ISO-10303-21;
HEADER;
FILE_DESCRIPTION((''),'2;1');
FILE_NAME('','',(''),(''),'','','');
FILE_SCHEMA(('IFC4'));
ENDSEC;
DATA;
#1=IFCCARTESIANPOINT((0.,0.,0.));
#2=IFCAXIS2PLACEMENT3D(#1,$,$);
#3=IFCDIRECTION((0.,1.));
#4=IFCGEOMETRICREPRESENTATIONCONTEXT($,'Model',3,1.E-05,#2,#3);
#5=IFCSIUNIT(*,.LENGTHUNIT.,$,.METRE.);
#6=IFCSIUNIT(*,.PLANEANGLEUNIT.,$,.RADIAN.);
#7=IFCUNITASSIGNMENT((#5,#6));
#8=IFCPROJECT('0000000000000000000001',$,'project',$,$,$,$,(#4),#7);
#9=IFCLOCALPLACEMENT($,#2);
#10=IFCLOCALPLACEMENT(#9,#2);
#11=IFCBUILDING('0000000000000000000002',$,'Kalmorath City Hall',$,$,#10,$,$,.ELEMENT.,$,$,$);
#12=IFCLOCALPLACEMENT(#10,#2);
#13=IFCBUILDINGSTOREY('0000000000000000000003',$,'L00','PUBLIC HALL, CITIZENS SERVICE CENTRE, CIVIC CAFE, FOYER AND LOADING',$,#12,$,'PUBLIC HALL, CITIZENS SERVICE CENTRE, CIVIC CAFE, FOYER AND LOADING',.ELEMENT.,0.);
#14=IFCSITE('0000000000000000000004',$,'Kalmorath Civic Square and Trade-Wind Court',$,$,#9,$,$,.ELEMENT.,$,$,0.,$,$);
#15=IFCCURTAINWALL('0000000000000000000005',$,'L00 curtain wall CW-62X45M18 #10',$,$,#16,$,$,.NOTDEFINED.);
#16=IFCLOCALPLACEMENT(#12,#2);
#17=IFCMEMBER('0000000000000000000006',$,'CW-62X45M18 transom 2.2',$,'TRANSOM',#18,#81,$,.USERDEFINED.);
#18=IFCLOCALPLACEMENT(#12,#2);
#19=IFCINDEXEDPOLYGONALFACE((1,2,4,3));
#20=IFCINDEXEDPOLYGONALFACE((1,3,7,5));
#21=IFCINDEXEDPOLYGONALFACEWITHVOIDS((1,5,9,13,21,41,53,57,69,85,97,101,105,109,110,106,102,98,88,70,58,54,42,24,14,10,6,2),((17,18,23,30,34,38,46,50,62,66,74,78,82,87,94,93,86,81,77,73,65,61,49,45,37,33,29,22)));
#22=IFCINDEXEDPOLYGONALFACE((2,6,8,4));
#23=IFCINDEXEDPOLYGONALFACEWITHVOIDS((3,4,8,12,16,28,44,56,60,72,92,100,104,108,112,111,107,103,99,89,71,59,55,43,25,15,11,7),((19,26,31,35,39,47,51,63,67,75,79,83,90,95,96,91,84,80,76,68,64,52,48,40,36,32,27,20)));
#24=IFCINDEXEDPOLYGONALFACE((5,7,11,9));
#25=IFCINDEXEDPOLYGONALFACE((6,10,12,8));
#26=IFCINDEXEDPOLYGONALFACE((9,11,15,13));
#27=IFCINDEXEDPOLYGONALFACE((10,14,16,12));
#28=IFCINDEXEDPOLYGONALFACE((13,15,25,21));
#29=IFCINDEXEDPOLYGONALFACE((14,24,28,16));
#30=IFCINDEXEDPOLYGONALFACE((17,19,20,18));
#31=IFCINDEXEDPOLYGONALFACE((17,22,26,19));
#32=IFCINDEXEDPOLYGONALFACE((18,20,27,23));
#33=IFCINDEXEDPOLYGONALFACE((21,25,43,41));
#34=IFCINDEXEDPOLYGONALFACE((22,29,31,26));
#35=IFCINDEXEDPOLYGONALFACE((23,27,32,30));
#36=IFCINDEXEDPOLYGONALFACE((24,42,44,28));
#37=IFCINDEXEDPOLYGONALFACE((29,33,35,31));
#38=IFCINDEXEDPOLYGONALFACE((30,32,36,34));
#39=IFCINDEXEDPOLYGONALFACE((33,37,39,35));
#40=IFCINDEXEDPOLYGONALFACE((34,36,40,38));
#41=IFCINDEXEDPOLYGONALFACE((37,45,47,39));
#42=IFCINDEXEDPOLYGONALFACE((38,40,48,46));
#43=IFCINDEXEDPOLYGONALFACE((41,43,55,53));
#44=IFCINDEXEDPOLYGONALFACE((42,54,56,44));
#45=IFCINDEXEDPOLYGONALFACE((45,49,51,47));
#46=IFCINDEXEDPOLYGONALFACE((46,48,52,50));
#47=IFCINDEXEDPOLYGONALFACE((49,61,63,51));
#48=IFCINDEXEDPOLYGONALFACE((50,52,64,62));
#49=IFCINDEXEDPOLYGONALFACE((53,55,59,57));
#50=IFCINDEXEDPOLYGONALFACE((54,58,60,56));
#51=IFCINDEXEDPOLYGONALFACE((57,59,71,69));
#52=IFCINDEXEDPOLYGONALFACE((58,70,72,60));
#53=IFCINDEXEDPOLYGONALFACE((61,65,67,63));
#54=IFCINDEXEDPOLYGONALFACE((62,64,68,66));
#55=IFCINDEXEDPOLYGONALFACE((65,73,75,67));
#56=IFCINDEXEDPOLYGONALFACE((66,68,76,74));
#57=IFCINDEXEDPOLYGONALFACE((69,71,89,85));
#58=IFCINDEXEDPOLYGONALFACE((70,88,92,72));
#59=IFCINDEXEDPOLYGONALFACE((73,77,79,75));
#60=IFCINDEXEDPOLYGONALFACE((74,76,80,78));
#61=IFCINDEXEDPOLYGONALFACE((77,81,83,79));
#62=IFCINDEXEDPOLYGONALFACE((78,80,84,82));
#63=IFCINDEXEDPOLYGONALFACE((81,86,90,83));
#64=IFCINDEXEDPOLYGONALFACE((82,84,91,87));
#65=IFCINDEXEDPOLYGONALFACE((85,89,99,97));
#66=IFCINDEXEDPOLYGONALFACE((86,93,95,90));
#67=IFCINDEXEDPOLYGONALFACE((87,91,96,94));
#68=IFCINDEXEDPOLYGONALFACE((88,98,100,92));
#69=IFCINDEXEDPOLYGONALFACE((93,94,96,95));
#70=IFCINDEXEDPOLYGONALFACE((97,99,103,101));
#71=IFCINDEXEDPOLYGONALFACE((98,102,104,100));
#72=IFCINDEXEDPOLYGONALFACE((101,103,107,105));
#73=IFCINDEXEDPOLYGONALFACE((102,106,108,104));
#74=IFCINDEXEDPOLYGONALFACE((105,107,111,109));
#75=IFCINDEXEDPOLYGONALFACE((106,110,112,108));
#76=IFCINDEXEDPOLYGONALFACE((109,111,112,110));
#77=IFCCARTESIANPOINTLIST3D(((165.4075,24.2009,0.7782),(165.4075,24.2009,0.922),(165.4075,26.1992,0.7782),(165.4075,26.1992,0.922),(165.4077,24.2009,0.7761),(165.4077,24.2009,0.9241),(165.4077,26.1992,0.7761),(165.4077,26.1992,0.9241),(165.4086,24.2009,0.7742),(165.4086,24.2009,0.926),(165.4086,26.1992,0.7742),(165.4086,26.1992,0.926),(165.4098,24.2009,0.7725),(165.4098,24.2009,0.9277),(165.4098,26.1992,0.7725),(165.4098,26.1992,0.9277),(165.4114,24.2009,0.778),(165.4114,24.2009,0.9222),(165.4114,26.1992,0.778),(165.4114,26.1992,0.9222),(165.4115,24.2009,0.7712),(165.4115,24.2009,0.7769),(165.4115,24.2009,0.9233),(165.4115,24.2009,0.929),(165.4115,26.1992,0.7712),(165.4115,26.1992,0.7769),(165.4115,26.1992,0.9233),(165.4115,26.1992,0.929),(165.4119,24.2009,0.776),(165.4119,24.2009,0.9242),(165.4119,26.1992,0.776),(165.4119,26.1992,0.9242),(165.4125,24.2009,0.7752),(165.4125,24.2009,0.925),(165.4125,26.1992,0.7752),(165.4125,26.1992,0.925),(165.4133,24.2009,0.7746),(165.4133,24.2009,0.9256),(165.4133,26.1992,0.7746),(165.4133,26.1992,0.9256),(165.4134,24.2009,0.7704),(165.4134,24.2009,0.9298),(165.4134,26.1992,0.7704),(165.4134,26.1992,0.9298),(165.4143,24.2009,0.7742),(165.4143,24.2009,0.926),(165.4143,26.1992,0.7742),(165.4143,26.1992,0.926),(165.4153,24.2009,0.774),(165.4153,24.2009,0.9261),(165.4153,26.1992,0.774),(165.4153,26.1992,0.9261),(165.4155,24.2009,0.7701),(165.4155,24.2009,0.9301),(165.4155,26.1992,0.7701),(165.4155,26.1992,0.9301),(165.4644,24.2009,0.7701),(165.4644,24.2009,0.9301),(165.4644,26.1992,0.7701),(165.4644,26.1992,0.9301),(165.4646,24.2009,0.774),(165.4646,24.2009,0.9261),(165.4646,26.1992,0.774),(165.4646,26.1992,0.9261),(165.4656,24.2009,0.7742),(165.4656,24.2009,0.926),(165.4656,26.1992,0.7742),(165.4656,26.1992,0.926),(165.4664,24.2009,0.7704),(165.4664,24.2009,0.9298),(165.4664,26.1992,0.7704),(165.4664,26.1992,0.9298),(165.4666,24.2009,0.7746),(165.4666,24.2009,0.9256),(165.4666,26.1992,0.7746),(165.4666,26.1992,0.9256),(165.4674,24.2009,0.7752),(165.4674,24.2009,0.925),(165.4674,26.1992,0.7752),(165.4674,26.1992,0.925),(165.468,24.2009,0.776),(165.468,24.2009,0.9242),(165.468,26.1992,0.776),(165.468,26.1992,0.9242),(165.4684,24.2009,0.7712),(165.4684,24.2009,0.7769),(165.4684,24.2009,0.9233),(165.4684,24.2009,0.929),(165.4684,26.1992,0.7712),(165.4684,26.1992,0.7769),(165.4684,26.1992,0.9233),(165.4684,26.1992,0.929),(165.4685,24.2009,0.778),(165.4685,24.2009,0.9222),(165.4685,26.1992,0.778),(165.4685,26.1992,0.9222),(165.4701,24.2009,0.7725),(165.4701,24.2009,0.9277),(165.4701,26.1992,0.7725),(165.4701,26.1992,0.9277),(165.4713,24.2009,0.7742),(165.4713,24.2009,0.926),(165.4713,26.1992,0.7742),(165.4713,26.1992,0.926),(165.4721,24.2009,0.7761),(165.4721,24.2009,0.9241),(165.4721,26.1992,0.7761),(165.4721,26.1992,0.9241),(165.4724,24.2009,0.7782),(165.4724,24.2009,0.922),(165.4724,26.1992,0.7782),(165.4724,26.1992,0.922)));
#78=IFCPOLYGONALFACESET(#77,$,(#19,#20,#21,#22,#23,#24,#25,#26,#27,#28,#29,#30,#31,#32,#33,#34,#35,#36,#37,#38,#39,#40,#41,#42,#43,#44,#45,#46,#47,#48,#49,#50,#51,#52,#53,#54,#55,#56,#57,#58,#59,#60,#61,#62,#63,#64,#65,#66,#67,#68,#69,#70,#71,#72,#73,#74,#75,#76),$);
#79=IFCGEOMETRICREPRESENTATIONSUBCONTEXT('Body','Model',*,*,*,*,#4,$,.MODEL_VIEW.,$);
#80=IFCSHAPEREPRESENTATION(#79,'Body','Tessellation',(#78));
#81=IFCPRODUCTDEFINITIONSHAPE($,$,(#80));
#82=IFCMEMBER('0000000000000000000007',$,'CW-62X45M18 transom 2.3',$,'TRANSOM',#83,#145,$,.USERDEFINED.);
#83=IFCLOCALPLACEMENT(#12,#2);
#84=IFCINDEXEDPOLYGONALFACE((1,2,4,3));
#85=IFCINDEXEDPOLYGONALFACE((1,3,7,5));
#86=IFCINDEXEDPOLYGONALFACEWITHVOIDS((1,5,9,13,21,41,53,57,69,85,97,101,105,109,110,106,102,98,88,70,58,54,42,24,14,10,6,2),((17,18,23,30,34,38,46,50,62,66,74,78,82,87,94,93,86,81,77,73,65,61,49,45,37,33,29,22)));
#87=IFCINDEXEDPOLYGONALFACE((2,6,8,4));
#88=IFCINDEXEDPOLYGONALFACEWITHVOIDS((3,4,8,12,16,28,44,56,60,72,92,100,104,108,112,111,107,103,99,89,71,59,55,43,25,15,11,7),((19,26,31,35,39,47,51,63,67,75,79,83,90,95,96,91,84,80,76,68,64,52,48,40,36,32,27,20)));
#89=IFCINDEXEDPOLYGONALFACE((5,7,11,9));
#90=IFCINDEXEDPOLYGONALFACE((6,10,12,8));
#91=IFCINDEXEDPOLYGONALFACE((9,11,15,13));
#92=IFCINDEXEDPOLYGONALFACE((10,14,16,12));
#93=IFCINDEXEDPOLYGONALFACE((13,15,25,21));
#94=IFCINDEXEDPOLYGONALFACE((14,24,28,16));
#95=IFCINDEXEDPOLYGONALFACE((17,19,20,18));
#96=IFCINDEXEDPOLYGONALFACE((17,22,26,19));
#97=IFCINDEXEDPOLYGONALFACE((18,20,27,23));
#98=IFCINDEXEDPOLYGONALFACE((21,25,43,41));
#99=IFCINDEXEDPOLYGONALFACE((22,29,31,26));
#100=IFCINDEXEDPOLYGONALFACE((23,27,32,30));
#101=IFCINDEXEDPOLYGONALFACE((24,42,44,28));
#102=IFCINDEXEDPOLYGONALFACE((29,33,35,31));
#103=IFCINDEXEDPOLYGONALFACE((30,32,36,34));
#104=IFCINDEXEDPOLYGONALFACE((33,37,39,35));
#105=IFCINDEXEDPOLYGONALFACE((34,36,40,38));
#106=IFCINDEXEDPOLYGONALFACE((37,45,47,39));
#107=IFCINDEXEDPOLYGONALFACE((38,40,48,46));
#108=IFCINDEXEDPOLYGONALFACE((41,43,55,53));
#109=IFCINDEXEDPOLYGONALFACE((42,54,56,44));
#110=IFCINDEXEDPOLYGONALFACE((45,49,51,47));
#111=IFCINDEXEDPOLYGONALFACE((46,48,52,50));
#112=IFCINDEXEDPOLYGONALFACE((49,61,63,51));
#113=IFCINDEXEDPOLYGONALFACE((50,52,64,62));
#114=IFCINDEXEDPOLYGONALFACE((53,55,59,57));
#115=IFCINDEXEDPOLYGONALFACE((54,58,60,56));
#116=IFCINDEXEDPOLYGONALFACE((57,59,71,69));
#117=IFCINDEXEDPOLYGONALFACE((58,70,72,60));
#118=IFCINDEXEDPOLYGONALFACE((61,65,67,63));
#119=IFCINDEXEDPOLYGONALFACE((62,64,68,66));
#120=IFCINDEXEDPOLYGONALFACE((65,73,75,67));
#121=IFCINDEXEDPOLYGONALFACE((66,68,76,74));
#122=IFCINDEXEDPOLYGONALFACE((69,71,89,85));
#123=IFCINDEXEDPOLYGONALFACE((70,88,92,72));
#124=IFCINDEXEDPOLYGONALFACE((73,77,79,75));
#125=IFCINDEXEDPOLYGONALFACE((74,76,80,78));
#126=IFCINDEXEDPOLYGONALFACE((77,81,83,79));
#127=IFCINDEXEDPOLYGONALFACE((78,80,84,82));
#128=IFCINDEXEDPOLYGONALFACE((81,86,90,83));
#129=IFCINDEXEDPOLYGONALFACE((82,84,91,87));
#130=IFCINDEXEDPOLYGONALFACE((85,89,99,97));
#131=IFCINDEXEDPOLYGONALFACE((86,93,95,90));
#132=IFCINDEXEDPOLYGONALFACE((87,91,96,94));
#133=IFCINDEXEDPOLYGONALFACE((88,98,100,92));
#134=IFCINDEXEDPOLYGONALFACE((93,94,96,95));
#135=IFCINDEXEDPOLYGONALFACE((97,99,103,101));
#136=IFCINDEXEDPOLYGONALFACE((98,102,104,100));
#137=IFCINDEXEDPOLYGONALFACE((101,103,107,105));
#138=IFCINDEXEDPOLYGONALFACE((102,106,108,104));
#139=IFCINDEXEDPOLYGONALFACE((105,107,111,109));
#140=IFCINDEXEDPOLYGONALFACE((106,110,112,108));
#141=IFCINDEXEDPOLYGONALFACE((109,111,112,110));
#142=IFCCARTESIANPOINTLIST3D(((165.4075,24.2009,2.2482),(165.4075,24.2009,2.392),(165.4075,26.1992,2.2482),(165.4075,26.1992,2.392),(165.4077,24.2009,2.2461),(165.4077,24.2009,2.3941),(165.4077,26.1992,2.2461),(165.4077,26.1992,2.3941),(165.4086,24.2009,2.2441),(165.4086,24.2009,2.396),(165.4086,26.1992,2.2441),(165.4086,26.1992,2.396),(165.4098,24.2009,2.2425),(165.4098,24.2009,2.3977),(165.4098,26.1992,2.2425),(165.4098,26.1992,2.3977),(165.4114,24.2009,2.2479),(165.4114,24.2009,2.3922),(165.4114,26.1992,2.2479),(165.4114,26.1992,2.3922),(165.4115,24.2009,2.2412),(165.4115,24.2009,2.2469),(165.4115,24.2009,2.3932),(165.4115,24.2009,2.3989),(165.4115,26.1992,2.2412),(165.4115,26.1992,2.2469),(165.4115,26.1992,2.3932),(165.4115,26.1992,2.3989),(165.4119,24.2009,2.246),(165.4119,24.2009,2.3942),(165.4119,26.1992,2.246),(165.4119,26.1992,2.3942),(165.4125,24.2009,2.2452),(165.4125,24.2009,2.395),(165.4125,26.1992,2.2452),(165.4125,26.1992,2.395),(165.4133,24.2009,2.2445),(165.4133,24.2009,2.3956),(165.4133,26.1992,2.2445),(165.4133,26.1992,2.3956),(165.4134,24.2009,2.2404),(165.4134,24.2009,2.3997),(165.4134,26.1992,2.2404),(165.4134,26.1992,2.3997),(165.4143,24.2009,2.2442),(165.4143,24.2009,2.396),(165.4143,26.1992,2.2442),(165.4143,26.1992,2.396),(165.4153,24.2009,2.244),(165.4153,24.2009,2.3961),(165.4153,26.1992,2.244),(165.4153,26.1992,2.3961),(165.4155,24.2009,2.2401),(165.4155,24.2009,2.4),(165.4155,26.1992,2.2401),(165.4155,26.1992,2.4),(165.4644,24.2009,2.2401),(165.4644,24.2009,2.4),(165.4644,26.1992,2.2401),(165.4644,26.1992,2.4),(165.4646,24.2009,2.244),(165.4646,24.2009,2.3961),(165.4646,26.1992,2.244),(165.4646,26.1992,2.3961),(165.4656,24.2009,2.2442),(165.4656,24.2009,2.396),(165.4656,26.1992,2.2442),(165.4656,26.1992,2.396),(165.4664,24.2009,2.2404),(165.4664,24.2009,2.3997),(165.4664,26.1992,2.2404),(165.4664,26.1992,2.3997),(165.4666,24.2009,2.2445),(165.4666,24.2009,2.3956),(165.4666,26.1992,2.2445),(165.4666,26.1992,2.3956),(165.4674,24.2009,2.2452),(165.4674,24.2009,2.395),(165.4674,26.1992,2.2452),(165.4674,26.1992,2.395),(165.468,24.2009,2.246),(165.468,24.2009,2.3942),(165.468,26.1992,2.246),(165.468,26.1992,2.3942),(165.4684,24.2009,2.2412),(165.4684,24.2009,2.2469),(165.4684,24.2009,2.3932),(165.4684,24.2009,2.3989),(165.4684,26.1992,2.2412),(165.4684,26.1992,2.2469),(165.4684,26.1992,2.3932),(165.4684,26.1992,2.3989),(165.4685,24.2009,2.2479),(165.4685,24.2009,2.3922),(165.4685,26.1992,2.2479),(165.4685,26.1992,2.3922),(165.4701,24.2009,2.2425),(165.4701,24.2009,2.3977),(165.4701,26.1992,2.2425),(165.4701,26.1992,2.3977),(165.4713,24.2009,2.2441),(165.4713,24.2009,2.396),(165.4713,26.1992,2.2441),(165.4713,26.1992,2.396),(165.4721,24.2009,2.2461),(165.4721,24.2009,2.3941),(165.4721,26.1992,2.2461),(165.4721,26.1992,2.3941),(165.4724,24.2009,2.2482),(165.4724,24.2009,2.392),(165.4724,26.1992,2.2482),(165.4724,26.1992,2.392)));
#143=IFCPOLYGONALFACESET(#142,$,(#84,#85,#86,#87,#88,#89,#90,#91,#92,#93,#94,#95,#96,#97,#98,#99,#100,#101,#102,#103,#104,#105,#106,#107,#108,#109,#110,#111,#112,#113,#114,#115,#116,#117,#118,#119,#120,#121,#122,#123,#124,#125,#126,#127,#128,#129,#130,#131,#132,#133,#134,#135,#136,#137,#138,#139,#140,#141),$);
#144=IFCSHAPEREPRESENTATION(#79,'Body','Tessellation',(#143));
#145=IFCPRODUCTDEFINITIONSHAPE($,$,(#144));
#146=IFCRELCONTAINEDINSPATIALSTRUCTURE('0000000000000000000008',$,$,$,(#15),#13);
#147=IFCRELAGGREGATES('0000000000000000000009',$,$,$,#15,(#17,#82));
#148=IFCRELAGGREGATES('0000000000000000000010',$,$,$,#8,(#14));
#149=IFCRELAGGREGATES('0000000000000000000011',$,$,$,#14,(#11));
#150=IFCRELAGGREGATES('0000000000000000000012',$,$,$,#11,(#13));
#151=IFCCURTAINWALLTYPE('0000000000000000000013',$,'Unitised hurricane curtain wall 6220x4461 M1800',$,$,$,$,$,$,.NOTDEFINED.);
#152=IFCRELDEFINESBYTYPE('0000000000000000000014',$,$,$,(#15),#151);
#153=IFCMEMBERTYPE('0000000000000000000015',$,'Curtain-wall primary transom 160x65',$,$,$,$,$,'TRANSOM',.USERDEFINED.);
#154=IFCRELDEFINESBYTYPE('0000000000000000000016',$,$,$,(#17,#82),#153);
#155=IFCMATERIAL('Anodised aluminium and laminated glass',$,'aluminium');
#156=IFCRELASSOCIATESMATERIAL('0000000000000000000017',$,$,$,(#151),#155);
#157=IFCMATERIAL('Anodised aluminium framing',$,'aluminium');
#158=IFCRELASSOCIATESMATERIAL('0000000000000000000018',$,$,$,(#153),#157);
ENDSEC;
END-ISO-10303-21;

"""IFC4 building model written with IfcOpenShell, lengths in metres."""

from ifc_helpers import new_model, si_unit, direction, frame, origin, origin_2d, place, context, subcontext, project, spatial, hollow_rectangle, extrude, material, material_profile, profile_set, type_object, element, aggregate, save


model = new_model("IFC4")

# Units and contexts
model_context = context("Model", 3, precision=1e-05, world=origin(), true_north=direction((0.0, 1.0)))
body_context = subcontext(model_context, "Body", "Model", "MODEL_VIEW")
ifc_project = project(units=[si_unit("LENGTHUNIT", "METRE"), si_unit("PLANEANGLEUNIT", "RADIAN")], contexts=[model_context])

# Site, building, storey
site_placement = place(None, origin())
site = spatial("IfcSite", under=ifc_project, at=site_placement, Name="Kalmorath Civic Square and Trade-Wind Court", CompositionType="ELEMENT", RefElevation=0.0)
building_placement = place(site_placement, origin())
building = spatial("IfcBuilding", under=site, at=building_placement, Name="Kalmorath City Hall", CompositionType="ELEMENT")
storey_placement = place(building_placement, origin())
storey = spatial("IfcBuildingStorey", under=building, at=storey_placement, Name="L00", Description="PUBLIC HALL, CITIZENS SERVICE CENTRE, CIVIC CAFE, FOYER AND LOADING", LongName="PUBLIC HALL, CITIZENS SERVICE CENTRE, CIVIC CAFE, FOYER AND LOADING", CompositionType="ELEMENT", Elevation=0.0)

# Curtain wall, members
ifc_material_1 = material(Name="Anodised aluminium and laminated glass", Category="aluminium")
curtain_wall_type = type_object("IfcCurtainWallType", Name="Unitised hurricane curtain wall 6220x4461 M1800", PredefinedType="NOTDEFINED", material=ifc_material_1)
curtain_wall_placement = place(storey_placement, origin())
curtain_wall = element("IfcCurtainWall", 1, at=curtain_wall_placement, inside=storey, type_object=curtain_wall_type, Name="L00 curtain wall CW-62X45M18 #10", PredefinedType="NOTDEFINED")
ifc_material_2 = material(Name="Anodised aluminium framing", Category="aluminium")
ifc_material_profile_1 = material_profile(ifc_material_2, hollow_rectangle(XDim=0.0649, YDim=0.1599, WallThickness=0.0039, InnerFilletRadius=0.0039, OuterFilletRadius=0.0081, at=origin_2d()), Name="ALU-TRN-160X65X4")
ifc_profile_set_1 = profile_set([ifc_material_profile_1], Name="Anodised aluminium framing")
member_type_1 = type_object("IfcMemberType", Name="Curtain-wall primary transom 160x65", ElementType="TRANSOM", PredefinedType="USERDEFINED", material=ifc_profile_set_1)
member_1_placement = place(storey_placement, frame((165.4399, 26.1992, 0.8501), z_axis=(0.0, -1.0, 0.0), x_axis=(1.0, 0.0, 0.0)))
member_1 = element("IfcMember", 2, at=member_1_placement, type_object=member_type_1, Name="CW-62X45M18 transom 2.2", ObjectType="TRANSOM", PredefinedType="USERDEFINED", context=body_context, shape_type="SweptSolid", body=[
    extrude(hollow_rectangle(XDim=0.0649, YDim=0.1599, WallThickness=0.0039, InnerFilletRadius=0.0039, OuterFilletRadius=0.0081, at=origin_2d()), origin(), (0.0, 0.0, 1.0), 1.9983),
])
member_2_placement = place(storey_placement, frame((165.4399, 26.1992, 2.3201), z_axis=(0.0, -1.0, 0.0), x_axis=(1.0, 0.0, 0.0)))
member_2 = element("IfcMember", 3, at=member_2_placement, type_object=member_type_1, Name="CW-62X45M18 transom 2.3", ObjectType="TRANSOM", PredefinedType="USERDEFINED", context=body_context, shape_type="SweptSolid", body=[
    extrude(hollow_rectangle(XDim=0.0649, YDim=0.1599, WallThickness=0.0039, InnerFilletRadius=0.0039, OuterFilletRadius=0.0081, at=origin_2d()), origin(), (0.0, 0.0, 1.0), 1.9983),
])
aggregate(curtain_wall, [member_1, member_2])

save(model, "model.ifc")
